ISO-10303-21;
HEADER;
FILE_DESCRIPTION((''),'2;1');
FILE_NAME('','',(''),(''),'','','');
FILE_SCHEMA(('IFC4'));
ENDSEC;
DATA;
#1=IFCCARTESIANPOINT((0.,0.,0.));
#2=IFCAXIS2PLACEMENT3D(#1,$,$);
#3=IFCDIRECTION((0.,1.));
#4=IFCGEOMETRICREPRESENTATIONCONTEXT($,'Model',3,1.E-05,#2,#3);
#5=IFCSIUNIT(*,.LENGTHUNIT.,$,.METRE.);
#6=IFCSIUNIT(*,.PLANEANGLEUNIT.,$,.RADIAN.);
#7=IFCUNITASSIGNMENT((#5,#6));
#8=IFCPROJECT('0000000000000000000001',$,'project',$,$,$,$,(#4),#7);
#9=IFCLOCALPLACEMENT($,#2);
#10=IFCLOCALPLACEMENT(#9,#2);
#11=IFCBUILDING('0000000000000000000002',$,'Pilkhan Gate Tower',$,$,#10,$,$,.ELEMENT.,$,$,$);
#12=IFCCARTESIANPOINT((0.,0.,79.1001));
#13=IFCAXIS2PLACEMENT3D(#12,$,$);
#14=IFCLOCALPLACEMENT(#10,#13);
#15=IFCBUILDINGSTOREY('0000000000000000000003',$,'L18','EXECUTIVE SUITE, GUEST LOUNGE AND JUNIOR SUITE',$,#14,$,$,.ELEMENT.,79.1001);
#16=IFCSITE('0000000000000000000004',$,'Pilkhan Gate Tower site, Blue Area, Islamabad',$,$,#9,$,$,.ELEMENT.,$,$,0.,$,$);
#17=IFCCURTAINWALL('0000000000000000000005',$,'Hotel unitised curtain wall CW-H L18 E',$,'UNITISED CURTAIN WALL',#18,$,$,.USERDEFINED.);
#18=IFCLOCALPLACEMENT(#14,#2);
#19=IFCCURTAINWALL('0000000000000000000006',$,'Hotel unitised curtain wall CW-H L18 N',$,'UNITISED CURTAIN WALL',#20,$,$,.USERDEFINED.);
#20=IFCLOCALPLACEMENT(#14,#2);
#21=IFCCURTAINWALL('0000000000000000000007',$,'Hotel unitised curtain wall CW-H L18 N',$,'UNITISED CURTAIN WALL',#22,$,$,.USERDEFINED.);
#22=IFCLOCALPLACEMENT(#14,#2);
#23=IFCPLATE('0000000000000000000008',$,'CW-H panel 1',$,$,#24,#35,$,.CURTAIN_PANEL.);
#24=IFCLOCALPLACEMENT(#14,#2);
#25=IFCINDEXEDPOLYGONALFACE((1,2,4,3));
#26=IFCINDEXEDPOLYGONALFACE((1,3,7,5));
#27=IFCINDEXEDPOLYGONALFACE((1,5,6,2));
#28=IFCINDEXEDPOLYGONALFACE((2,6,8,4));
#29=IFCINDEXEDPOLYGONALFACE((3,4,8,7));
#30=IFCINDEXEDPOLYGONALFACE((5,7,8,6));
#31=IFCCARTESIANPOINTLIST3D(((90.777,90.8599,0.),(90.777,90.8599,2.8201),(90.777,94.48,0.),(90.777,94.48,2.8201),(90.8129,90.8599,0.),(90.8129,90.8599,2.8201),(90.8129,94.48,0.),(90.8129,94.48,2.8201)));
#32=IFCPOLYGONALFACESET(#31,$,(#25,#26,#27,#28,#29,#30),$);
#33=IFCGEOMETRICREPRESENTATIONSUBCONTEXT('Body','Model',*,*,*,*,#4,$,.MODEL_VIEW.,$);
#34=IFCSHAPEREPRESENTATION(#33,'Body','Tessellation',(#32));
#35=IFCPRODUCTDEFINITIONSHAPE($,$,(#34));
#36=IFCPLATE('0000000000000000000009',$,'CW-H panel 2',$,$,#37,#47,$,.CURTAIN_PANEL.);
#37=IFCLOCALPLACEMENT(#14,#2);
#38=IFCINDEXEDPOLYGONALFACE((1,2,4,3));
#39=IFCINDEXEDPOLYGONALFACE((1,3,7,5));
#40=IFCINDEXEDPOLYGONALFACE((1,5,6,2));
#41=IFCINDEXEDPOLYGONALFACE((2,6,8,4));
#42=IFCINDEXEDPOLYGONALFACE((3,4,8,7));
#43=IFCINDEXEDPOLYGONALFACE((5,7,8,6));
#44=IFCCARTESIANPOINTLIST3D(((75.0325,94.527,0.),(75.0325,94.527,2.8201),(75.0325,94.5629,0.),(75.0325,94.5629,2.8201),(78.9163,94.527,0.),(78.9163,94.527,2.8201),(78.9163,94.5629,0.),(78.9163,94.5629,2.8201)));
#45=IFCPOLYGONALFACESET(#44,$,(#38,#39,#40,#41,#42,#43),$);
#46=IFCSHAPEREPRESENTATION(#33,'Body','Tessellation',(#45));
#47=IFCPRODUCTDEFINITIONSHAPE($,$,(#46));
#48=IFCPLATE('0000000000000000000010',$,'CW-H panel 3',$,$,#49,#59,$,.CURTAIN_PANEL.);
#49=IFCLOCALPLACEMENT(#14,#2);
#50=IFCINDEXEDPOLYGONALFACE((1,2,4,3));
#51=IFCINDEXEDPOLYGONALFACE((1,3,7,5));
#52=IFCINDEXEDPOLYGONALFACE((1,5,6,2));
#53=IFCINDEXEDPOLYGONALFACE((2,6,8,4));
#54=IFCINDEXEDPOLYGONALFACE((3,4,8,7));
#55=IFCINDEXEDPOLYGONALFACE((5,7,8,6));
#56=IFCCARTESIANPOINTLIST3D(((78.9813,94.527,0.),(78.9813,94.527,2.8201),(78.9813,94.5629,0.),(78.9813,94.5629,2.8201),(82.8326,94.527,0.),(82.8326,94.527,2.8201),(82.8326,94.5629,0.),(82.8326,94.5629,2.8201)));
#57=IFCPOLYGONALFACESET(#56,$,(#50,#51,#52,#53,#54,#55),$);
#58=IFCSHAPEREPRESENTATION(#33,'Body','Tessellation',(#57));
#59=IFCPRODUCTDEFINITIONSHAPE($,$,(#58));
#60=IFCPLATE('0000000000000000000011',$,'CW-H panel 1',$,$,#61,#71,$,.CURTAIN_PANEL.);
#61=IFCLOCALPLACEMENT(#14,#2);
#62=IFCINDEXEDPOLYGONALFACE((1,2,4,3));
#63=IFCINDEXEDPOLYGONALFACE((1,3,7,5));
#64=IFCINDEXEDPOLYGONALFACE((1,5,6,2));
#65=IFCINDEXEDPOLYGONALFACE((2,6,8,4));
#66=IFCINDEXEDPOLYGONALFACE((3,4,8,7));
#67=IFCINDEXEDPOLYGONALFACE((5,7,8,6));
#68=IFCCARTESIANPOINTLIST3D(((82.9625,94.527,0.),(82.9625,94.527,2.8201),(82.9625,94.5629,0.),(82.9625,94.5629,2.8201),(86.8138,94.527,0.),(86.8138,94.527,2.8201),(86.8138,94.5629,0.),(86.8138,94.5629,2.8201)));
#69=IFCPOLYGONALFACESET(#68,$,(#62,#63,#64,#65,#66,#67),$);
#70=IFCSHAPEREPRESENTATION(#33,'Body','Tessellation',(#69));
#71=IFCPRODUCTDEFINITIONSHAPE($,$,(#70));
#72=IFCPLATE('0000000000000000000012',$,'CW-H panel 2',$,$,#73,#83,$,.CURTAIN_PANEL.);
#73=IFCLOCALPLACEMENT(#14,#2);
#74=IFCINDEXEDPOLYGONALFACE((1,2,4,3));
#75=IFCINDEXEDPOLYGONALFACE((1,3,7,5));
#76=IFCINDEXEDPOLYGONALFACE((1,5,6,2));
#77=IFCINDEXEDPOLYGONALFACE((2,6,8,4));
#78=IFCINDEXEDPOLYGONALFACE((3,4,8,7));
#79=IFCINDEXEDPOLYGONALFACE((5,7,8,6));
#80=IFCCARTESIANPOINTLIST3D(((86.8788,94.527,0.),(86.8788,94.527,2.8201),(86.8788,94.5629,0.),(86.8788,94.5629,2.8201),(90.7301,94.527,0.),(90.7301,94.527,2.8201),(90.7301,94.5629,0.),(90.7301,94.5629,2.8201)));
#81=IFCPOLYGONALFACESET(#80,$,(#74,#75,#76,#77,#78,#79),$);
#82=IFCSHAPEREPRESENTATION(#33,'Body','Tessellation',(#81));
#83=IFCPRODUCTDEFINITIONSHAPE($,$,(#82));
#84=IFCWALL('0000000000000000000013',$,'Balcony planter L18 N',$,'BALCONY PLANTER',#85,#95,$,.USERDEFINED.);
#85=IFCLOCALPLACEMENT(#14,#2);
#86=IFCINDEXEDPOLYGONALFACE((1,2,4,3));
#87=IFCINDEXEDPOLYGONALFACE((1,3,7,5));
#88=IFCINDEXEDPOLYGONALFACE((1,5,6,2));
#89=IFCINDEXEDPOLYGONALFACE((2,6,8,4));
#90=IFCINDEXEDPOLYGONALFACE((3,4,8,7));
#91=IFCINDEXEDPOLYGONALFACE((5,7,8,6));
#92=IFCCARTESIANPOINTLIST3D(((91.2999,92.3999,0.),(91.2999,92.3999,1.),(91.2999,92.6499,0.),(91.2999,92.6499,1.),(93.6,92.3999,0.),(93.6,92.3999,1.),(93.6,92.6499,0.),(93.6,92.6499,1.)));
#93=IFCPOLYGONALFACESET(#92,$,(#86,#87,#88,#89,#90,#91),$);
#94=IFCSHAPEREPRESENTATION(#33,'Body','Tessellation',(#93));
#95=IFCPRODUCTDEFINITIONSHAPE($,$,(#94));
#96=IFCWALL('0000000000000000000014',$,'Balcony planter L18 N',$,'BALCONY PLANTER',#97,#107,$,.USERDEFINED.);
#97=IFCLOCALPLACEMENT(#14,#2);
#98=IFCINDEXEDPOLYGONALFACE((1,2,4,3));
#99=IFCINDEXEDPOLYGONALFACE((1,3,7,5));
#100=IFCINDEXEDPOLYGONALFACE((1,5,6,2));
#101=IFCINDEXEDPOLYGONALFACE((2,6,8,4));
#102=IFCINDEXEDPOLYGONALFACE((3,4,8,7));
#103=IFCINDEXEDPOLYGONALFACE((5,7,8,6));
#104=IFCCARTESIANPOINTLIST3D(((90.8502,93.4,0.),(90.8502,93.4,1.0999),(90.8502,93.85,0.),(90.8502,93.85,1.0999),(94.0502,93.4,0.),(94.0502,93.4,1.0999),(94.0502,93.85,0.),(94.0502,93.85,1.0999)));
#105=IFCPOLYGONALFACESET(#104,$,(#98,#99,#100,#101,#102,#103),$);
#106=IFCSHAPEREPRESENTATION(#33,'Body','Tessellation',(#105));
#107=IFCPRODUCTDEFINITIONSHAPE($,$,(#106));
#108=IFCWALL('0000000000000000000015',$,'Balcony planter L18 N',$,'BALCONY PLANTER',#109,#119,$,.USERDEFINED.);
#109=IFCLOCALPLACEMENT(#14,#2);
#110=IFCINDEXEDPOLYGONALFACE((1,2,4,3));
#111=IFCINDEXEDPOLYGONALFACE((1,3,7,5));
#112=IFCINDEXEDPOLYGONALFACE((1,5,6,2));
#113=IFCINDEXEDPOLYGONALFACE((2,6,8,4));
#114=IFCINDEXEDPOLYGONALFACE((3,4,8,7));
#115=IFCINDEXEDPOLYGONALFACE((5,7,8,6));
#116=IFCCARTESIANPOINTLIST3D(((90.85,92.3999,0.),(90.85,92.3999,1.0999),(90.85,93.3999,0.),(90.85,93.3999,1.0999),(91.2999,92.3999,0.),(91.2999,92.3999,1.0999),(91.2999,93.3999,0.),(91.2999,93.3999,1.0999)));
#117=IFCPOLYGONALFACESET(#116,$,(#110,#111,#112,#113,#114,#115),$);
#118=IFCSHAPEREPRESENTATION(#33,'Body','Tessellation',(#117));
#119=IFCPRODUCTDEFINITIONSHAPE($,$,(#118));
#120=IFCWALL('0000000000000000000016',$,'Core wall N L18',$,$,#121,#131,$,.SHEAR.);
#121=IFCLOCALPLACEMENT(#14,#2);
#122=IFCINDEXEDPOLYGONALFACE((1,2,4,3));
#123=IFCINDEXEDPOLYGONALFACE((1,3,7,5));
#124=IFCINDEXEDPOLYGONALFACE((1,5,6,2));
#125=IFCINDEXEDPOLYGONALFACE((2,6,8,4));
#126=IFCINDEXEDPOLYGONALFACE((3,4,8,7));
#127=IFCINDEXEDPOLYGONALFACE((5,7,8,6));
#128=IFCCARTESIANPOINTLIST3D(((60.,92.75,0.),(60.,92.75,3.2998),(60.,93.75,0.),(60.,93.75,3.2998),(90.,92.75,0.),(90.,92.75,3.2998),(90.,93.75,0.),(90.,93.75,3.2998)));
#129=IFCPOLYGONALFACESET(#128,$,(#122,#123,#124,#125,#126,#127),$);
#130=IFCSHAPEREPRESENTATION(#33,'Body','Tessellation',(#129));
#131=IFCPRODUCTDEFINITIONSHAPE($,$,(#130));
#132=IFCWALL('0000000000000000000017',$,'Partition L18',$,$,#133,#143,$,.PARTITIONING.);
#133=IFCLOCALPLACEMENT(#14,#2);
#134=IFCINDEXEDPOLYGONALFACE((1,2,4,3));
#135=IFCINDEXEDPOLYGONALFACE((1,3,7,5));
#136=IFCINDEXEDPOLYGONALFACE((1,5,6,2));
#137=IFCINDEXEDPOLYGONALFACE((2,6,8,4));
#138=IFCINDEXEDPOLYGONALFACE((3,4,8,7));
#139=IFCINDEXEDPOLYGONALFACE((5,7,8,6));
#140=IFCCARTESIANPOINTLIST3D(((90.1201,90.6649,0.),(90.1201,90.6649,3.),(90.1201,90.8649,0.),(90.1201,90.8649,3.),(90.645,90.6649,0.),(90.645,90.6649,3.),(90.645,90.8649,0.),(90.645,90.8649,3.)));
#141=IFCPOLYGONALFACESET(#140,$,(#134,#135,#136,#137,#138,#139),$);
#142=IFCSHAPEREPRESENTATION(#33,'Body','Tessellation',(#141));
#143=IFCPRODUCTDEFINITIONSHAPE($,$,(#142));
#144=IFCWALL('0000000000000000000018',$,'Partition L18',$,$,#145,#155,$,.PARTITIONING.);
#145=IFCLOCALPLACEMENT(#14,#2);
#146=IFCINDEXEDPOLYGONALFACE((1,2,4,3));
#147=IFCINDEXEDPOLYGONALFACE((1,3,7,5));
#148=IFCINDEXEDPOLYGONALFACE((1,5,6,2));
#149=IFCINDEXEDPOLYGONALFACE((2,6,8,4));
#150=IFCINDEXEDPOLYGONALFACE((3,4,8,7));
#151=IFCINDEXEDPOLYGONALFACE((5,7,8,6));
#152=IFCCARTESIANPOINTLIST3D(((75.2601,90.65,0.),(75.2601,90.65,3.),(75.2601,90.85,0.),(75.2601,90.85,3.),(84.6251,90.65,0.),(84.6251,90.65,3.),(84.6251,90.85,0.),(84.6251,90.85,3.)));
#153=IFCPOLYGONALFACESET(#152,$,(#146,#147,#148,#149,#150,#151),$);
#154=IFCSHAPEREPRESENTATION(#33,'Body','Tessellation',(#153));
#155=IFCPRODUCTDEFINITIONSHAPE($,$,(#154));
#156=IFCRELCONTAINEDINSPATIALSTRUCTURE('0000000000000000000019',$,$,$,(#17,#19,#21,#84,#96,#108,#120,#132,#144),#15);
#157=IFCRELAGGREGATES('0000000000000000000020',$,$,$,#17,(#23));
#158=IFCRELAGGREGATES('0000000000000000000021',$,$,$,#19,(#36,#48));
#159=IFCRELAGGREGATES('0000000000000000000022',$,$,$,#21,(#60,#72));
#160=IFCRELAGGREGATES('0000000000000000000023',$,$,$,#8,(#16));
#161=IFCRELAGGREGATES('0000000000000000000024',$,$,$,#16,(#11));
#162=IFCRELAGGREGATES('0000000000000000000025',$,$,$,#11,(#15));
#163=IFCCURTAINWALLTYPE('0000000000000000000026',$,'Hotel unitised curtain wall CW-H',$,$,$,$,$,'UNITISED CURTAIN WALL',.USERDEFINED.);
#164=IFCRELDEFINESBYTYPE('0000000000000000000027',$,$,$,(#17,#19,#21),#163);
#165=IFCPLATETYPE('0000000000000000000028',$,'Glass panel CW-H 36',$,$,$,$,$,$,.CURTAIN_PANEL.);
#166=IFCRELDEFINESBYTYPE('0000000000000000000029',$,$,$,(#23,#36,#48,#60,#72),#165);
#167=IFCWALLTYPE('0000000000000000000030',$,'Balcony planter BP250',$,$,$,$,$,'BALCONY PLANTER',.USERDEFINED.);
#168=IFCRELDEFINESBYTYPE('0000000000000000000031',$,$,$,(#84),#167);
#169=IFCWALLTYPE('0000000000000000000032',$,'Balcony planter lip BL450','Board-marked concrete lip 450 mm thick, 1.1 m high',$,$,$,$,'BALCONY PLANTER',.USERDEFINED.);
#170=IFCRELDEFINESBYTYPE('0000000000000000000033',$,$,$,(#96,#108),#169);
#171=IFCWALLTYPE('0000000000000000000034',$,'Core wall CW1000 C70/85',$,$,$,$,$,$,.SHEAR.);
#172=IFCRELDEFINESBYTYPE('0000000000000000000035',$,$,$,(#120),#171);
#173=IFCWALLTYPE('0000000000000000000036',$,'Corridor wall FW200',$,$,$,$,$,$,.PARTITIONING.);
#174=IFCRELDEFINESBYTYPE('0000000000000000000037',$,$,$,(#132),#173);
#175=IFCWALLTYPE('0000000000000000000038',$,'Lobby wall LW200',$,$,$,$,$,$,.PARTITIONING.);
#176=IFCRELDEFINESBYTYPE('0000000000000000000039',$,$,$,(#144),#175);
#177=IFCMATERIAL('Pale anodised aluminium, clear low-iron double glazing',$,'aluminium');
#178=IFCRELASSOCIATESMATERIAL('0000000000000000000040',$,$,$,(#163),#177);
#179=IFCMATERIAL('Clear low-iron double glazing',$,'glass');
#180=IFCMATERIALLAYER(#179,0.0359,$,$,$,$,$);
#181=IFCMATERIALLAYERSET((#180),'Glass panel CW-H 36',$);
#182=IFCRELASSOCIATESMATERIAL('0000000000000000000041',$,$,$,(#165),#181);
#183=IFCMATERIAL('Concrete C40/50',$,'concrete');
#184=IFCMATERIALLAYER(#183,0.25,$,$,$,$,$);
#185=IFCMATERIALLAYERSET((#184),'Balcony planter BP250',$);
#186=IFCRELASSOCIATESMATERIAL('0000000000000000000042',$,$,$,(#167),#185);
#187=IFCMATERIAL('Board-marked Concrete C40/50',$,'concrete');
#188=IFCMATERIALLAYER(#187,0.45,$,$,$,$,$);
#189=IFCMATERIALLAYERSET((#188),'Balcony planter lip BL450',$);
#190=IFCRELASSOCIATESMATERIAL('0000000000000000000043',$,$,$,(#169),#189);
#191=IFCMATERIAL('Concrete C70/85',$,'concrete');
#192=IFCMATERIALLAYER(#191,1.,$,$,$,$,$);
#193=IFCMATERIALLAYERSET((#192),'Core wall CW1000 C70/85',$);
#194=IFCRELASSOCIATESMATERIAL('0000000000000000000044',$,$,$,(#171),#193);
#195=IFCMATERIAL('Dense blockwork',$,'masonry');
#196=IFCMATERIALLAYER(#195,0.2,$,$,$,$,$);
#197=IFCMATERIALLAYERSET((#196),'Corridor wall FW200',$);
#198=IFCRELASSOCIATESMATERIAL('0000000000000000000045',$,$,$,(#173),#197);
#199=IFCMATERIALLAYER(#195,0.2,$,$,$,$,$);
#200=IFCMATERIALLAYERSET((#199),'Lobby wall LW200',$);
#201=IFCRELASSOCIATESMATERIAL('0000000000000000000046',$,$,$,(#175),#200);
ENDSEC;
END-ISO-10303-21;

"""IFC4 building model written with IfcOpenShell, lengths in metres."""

from ifc_helpers import new_model, si_unit, direction, frame, frame_2d, origin, origin_2d, place, context, subcontext, project, spatial, rectangle, extrude, material, layer, layer_set, type_object, element, aggregate, save


model = new_model("IFC4")

# Units and contexts
model_context = context("Model", 3, precision=1e-05, world=origin(), true_north=direction((0.0, 1.0)))
body_context = subcontext(model_context, "Body", "Model", "MODEL_VIEW")
ifc_project = project(units=[si_unit("LENGTHUNIT", "METRE"), si_unit("PLANEANGLEUNIT", "RADIAN")], contexts=[model_context])

# Site, building, storey
site_placement = place(None, origin())
site = spatial("IfcSite", under=ifc_project, at=site_placement, Name="Pilkhan Gate Tower site, Blue Area, Islamabad", CompositionType="ELEMENT", RefElevation=0.0)
building_placement = place(site_placement, origin())
building = spatial("IfcBuilding", under=site, at=building_placement, Name="Pilkhan Gate Tower", CompositionType="ELEMENT")
storey_placement = place(building_placement, frame((0.0, 0.0, 79.1001)))
storey = spatial("IfcBuildingStorey", under=building, at=storey_placement, Name="L18", Description="EXECUTIVE SUITE, GUEST LOUNGE AND JUNIOR SUITE", CompositionType="ELEMENT", Elevation=79.1001)

# Curtain walls
ifc_material_1 = material(Name="Pale anodised aluminium, clear low-iron double glazing", Category="aluminium")
curtain_wall_type = type_object("IfcCurtainWallType", Name="Hotel unitised curtain wall CW-H", ElementType="UNITISED CURTAIN WALL", PredefinedType="USERDEFINED", material=ifc_material_1)
curtain_wall_1_placement = place(storey_placement, origin())
curtain_wall_1 = element("IfcCurtainWall", 1, at=curtain_wall_1_placement, inside=storey, type_object=curtain_wall_type, Name="Hotel unitised curtain wall CW-H L18 E", ObjectType="UNITISED CURTAIN WALL", PredefinedType="USERDEFINED")
curtain_wall_2_placement = place(storey_placement, origin())
curtain_wall_2 = element("IfcCurtainWall", 2, at=curtain_wall_2_placement, inside=storey, type_object=curtain_wall_type, Name="Hotel unitised curtain wall CW-H L18 N", ObjectType="UNITISED CURTAIN WALL", PredefinedType="USERDEFINED")
curtain_wall_3_placement = place(storey_placement, origin())
curtain_wall_3 = element("IfcCurtainWall", 3, at=curtain_wall_3_placement, inside=storey, type_object=curtain_wall_type, Name="Hotel unitised curtain wall CW-H L18 N", ObjectType="UNITISED CURTAIN WALL", PredefinedType="USERDEFINED")

# Plates
ifc_material_2 = material(Name="Clear low-iron double glazing", Category="glass")
ifc_layer_1 = layer(ifc_material_2, 0.0359)
ifc_layer_set_1 = layer_set([ifc_layer_1], Name="Glass panel CW-H 36")
plate_type = type_object("IfcPlateType", Name="Glass panel CW-H 36", PredefinedType="CURTAIN_PANEL", material=ifc_layer_set_1)
plate_1_placement = place(storey_placement, frame((90.7949, 92.6699, 0.0), z_axis=(0.0, 0.0, 1.0), x_axis=(0.0, 1.0, 0.0)))
plate_1 = element("IfcPlate", 4, at=plate_1_placement, type_object=plate_type, Name="CW-H panel 1", PredefinedType="CURTAIN_PANEL", context=body_context, shape_type="SweptSolid", body=[
    extrude(rectangle(XDim=3.6201, YDim=0.0359, at=origin_2d()), origin(), (0.0, 0.0, 1.0), 2.8201),
])
aggregate(curtain_wall_1, [plate_1])
plate_2_placement = place(storey_placement, frame((76.9744, 94.5449, 0.0), z_axis=(0.0, 0.0, 1.0), x_axis=(1.0, 0.0, 0.0)))
plate_2 = element("IfcPlate", 5, at=plate_2_placement, type_object=plate_type, Name="CW-H panel 2", PredefinedType="CURTAIN_PANEL", context=body_context, shape_type="SweptSolid", body=[
    extrude(rectangle(XDim=3.8838, YDim=0.0359, at=origin_2d()), origin(), (0.0, 0.0, 1.0), 2.8201),
])
plate_3_placement = place(storey_placement, frame((80.907, 94.5449, 0.0), z_axis=(0.0, 0.0, 1.0), x_axis=(1.0, 0.0, 0.0)))
plate_3 = element("IfcPlate", 6, at=plate_3_placement, type_object=plate_type, Name="CW-H panel 3", PredefinedType="CURTAIN_PANEL", context=body_context, shape_type="SweptSolid", body=[
    extrude(rectangle(XDim=3.8513, YDim=0.0359, at=origin_2d()), origin(), (0.0, 0.0, 1.0), 2.8201),
])
aggregate(curtain_wall_2, [plate_2, plate_3])
plate_4_placement = place(storey_placement, frame((84.8882, 94.5449, 0.0), z_axis=(0.0, 0.0, 1.0), x_axis=(1.0, 0.0, 0.0)))
plate_4 = element("IfcPlate", 7, at=plate_4_placement, type_object=plate_type, Name="CW-H panel 1", PredefinedType="CURTAIN_PANEL", context=body_context, shape_type="SweptSolid", body=[
    extrude(rectangle(XDim=3.8513, YDim=0.0359, at=origin_2d()), origin(), (0.0, 0.0, 1.0), 2.8201),
])
plate_5_placement = place(storey_placement, frame((88.8044, 94.5449, 0.0), z_axis=(0.0, 0.0, 1.0), x_axis=(1.0, 0.0, 0.0)))
plate_5 = element("IfcPlate", 8, at=plate_5_placement, type_object=plate_type, Name="CW-H panel 2", PredefinedType="CURTAIN_PANEL", context=body_context, shape_type="SweptSolid", body=[
    extrude(rectangle(XDim=3.8513, YDim=0.0359, at=origin_2d()), origin(), (0.0, 0.0, 1.0), 2.8201),
])
aggregate(curtain_wall_3, [plate_4, plate_5])

# Walls
ifc_material_3 = material(Name="Concrete C40/50", Category="concrete")
ifc_layer_2 = layer(ifc_material_3, 0.25)
ifc_layer_set_2 = layer_set([ifc_layer_2], Name="Balcony planter BP250")
wall_type_1 = type_object("IfcWallType", Name="Balcony planter BP250", ElementType="BALCONY PLANTER", PredefinedType="USERDEFINED", material=ifc_layer_set_2)
wall_1_placement = place(storey_placement, frame((91.3, 92.5249, 0.0), z_axis=(0.0, 0.0, 1.0), x_axis=(1.0, 0.0, 0.0)))
element("IfcWall", 9, at=wall_1_placement, inside=storey, type_object=wall_type_1, Name="Balcony planter L18 N", ObjectType="BALCONY PLANTER", PredefinedType="USERDEFINED", context=body_context, shape_type="SweptSolid", body=[
    extrude(rectangle(XDim=2.3, YDim=0.25, at=frame_2d((1.1499, 0.0))), origin(), (0.0, 0.0, 1.0), 1.0),
])
ifc_material_4 = material(Name="Board-marked Concrete C40/50", Category="concrete")
ifc_layer_3 = layer(ifc_material_4, 0.45)
ifc_layer_set_3 = layer_set([ifc_layer_3], Name="Balcony planter lip BL450")
wall_type_2 = type_object("IfcWallType", Name="Balcony planter lip BL450", Description="Board-marked concrete lip 450 mm thick, 1.1 m high", ElementType="BALCONY PLANTER", PredefinedType="USERDEFINED", material=ifc_layer_set_3)
wall_2_placement = place(storey_placement, frame((90.8501, 93.625, 0.0), z_axis=(0.0, 0.0, 1.0), x_axis=(1.0, 0.0, 0.0)))
element("IfcWall", 10, at=wall_2_placement, inside=storey, type_object=wall_type_2, Name="Balcony planter L18 N", ObjectType="BALCONY PLANTER", PredefinedType="USERDEFINED", context=body_context, shape_type="SweptSolid", body=[
    extrude(rectangle(XDim=3.2, YDim=0.45, at=frame_2d((1.6001, 0.0))), origin(), (0.0, 0.0, 1.0), 1.0999),
])
wall_3_placement = place(storey_placement, frame((91.075, 92.3999, 0.0), z_axis=(0.0, 0.0, 1.0), x_axis=(0.0, 1.0, 0.0)))
element("IfcWall", 11, at=wall_3_placement, inside=storey, type_object=wall_type_2, Name="Balcony planter L18 N", ObjectType="BALCONY PLANTER", PredefinedType="USERDEFINED", context=body_context, shape_type="SweptSolid", body=[
    extrude(rectangle(XDim=1.0, YDim=0.45, at=frame_2d((0.5, 0.0))), origin(), (0.0, 0.0, 1.0), 1.0999),
])
ifc_material_5 = material(Name="Concrete C70/85", Category="concrete")
ifc_layer_4 = layer(ifc_material_5, 1.0)
ifc_layer_set_4 = layer_set([ifc_layer_4], Name="Core wall CW1000 C70/85")
wall_type_3 = type_object("IfcWallType", Name="Core wall CW1000 C70/85", PredefinedType="SHEAR", material=ifc_layer_set_4)
wall_4_placement = place(storey_placement, frame((90.0, 93.25, 0.0), z_axis=(0.0, 0.0, 1.0), x_axis=(-1.0, 0.0, 0.0)))
element("IfcWall", 12, at=wall_4_placement, inside=storey, type_object=wall_type_3, Name="Core wall N L18", PredefinedType="SHEAR", context=body_context, shape_type="SweptSolid", body=[
    extrude(rectangle(XDim=30.0, YDim=1.0, at=frame_2d((15.0, 0.0))), origin(), (0.0, 0.0, 1.0), 3.2998),
])
ifc_material_6 = material(Name="Dense blockwork", Category="masonry")
ifc_layer_5 = layer(ifc_material_6, 0.2)
ifc_layer_set_5 = layer_set([ifc_layer_5], Name="Corridor wall FW200")
wall_type_4 = type_object("IfcWallType", Name="Corridor wall FW200", PredefinedType="PARTITIONING", material=ifc_layer_set_5)
wall_5_placement = place(storey_placement, frame((90.1201, 90.7649, 0.0), z_axis=(0.0, 0.0, 1.0), x_axis=(1.0, 0.0, 0.0)))
element("IfcWall", 13, at=wall_5_placement, inside=storey, type_object=wall_type_4, Name="Partition L18", PredefinedType="PARTITIONING", context=body_context, shape_type="SweptSolid", body=[
    extrude(rectangle(XDim=0.5249, YDim=0.2, at=frame_2d((0.2625, 0.0))), origin(), (0.0, 0.0, 1.0), 3.0),
])

# Wall
ifc_layer_6 = layer(ifc_material_6, 0.2)
ifc_layer_set_6 = layer_set([ifc_layer_6], Name="Lobby wall LW200")
wall_type_5 = type_object("IfcWallType", Name="Lobby wall LW200", PredefinedType="PARTITIONING", material=ifc_layer_set_6)
wall_6_placement = place(storey_placement, frame((75.26, 90.75, 0.0), z_axis=(0.0, 0.0, 1.0), x_axis=(1.0, 0.0, 0.0)))
element("IfcWall", 14, at=wall_6_placement, inside=storey, type_object=wall_type_5, Name="Partition L18", PredefinedType="PARTITIONING", context=body_context, shape_type="SweptSolid", body=[
    extrude(rectangle(XDim=9.365, YDim=0.2, at=frame_2d((4.6826, 0.0))), origin(), (0.0, 0.0, 1.0), 3.0),
])

save(model, "model.ifc")
